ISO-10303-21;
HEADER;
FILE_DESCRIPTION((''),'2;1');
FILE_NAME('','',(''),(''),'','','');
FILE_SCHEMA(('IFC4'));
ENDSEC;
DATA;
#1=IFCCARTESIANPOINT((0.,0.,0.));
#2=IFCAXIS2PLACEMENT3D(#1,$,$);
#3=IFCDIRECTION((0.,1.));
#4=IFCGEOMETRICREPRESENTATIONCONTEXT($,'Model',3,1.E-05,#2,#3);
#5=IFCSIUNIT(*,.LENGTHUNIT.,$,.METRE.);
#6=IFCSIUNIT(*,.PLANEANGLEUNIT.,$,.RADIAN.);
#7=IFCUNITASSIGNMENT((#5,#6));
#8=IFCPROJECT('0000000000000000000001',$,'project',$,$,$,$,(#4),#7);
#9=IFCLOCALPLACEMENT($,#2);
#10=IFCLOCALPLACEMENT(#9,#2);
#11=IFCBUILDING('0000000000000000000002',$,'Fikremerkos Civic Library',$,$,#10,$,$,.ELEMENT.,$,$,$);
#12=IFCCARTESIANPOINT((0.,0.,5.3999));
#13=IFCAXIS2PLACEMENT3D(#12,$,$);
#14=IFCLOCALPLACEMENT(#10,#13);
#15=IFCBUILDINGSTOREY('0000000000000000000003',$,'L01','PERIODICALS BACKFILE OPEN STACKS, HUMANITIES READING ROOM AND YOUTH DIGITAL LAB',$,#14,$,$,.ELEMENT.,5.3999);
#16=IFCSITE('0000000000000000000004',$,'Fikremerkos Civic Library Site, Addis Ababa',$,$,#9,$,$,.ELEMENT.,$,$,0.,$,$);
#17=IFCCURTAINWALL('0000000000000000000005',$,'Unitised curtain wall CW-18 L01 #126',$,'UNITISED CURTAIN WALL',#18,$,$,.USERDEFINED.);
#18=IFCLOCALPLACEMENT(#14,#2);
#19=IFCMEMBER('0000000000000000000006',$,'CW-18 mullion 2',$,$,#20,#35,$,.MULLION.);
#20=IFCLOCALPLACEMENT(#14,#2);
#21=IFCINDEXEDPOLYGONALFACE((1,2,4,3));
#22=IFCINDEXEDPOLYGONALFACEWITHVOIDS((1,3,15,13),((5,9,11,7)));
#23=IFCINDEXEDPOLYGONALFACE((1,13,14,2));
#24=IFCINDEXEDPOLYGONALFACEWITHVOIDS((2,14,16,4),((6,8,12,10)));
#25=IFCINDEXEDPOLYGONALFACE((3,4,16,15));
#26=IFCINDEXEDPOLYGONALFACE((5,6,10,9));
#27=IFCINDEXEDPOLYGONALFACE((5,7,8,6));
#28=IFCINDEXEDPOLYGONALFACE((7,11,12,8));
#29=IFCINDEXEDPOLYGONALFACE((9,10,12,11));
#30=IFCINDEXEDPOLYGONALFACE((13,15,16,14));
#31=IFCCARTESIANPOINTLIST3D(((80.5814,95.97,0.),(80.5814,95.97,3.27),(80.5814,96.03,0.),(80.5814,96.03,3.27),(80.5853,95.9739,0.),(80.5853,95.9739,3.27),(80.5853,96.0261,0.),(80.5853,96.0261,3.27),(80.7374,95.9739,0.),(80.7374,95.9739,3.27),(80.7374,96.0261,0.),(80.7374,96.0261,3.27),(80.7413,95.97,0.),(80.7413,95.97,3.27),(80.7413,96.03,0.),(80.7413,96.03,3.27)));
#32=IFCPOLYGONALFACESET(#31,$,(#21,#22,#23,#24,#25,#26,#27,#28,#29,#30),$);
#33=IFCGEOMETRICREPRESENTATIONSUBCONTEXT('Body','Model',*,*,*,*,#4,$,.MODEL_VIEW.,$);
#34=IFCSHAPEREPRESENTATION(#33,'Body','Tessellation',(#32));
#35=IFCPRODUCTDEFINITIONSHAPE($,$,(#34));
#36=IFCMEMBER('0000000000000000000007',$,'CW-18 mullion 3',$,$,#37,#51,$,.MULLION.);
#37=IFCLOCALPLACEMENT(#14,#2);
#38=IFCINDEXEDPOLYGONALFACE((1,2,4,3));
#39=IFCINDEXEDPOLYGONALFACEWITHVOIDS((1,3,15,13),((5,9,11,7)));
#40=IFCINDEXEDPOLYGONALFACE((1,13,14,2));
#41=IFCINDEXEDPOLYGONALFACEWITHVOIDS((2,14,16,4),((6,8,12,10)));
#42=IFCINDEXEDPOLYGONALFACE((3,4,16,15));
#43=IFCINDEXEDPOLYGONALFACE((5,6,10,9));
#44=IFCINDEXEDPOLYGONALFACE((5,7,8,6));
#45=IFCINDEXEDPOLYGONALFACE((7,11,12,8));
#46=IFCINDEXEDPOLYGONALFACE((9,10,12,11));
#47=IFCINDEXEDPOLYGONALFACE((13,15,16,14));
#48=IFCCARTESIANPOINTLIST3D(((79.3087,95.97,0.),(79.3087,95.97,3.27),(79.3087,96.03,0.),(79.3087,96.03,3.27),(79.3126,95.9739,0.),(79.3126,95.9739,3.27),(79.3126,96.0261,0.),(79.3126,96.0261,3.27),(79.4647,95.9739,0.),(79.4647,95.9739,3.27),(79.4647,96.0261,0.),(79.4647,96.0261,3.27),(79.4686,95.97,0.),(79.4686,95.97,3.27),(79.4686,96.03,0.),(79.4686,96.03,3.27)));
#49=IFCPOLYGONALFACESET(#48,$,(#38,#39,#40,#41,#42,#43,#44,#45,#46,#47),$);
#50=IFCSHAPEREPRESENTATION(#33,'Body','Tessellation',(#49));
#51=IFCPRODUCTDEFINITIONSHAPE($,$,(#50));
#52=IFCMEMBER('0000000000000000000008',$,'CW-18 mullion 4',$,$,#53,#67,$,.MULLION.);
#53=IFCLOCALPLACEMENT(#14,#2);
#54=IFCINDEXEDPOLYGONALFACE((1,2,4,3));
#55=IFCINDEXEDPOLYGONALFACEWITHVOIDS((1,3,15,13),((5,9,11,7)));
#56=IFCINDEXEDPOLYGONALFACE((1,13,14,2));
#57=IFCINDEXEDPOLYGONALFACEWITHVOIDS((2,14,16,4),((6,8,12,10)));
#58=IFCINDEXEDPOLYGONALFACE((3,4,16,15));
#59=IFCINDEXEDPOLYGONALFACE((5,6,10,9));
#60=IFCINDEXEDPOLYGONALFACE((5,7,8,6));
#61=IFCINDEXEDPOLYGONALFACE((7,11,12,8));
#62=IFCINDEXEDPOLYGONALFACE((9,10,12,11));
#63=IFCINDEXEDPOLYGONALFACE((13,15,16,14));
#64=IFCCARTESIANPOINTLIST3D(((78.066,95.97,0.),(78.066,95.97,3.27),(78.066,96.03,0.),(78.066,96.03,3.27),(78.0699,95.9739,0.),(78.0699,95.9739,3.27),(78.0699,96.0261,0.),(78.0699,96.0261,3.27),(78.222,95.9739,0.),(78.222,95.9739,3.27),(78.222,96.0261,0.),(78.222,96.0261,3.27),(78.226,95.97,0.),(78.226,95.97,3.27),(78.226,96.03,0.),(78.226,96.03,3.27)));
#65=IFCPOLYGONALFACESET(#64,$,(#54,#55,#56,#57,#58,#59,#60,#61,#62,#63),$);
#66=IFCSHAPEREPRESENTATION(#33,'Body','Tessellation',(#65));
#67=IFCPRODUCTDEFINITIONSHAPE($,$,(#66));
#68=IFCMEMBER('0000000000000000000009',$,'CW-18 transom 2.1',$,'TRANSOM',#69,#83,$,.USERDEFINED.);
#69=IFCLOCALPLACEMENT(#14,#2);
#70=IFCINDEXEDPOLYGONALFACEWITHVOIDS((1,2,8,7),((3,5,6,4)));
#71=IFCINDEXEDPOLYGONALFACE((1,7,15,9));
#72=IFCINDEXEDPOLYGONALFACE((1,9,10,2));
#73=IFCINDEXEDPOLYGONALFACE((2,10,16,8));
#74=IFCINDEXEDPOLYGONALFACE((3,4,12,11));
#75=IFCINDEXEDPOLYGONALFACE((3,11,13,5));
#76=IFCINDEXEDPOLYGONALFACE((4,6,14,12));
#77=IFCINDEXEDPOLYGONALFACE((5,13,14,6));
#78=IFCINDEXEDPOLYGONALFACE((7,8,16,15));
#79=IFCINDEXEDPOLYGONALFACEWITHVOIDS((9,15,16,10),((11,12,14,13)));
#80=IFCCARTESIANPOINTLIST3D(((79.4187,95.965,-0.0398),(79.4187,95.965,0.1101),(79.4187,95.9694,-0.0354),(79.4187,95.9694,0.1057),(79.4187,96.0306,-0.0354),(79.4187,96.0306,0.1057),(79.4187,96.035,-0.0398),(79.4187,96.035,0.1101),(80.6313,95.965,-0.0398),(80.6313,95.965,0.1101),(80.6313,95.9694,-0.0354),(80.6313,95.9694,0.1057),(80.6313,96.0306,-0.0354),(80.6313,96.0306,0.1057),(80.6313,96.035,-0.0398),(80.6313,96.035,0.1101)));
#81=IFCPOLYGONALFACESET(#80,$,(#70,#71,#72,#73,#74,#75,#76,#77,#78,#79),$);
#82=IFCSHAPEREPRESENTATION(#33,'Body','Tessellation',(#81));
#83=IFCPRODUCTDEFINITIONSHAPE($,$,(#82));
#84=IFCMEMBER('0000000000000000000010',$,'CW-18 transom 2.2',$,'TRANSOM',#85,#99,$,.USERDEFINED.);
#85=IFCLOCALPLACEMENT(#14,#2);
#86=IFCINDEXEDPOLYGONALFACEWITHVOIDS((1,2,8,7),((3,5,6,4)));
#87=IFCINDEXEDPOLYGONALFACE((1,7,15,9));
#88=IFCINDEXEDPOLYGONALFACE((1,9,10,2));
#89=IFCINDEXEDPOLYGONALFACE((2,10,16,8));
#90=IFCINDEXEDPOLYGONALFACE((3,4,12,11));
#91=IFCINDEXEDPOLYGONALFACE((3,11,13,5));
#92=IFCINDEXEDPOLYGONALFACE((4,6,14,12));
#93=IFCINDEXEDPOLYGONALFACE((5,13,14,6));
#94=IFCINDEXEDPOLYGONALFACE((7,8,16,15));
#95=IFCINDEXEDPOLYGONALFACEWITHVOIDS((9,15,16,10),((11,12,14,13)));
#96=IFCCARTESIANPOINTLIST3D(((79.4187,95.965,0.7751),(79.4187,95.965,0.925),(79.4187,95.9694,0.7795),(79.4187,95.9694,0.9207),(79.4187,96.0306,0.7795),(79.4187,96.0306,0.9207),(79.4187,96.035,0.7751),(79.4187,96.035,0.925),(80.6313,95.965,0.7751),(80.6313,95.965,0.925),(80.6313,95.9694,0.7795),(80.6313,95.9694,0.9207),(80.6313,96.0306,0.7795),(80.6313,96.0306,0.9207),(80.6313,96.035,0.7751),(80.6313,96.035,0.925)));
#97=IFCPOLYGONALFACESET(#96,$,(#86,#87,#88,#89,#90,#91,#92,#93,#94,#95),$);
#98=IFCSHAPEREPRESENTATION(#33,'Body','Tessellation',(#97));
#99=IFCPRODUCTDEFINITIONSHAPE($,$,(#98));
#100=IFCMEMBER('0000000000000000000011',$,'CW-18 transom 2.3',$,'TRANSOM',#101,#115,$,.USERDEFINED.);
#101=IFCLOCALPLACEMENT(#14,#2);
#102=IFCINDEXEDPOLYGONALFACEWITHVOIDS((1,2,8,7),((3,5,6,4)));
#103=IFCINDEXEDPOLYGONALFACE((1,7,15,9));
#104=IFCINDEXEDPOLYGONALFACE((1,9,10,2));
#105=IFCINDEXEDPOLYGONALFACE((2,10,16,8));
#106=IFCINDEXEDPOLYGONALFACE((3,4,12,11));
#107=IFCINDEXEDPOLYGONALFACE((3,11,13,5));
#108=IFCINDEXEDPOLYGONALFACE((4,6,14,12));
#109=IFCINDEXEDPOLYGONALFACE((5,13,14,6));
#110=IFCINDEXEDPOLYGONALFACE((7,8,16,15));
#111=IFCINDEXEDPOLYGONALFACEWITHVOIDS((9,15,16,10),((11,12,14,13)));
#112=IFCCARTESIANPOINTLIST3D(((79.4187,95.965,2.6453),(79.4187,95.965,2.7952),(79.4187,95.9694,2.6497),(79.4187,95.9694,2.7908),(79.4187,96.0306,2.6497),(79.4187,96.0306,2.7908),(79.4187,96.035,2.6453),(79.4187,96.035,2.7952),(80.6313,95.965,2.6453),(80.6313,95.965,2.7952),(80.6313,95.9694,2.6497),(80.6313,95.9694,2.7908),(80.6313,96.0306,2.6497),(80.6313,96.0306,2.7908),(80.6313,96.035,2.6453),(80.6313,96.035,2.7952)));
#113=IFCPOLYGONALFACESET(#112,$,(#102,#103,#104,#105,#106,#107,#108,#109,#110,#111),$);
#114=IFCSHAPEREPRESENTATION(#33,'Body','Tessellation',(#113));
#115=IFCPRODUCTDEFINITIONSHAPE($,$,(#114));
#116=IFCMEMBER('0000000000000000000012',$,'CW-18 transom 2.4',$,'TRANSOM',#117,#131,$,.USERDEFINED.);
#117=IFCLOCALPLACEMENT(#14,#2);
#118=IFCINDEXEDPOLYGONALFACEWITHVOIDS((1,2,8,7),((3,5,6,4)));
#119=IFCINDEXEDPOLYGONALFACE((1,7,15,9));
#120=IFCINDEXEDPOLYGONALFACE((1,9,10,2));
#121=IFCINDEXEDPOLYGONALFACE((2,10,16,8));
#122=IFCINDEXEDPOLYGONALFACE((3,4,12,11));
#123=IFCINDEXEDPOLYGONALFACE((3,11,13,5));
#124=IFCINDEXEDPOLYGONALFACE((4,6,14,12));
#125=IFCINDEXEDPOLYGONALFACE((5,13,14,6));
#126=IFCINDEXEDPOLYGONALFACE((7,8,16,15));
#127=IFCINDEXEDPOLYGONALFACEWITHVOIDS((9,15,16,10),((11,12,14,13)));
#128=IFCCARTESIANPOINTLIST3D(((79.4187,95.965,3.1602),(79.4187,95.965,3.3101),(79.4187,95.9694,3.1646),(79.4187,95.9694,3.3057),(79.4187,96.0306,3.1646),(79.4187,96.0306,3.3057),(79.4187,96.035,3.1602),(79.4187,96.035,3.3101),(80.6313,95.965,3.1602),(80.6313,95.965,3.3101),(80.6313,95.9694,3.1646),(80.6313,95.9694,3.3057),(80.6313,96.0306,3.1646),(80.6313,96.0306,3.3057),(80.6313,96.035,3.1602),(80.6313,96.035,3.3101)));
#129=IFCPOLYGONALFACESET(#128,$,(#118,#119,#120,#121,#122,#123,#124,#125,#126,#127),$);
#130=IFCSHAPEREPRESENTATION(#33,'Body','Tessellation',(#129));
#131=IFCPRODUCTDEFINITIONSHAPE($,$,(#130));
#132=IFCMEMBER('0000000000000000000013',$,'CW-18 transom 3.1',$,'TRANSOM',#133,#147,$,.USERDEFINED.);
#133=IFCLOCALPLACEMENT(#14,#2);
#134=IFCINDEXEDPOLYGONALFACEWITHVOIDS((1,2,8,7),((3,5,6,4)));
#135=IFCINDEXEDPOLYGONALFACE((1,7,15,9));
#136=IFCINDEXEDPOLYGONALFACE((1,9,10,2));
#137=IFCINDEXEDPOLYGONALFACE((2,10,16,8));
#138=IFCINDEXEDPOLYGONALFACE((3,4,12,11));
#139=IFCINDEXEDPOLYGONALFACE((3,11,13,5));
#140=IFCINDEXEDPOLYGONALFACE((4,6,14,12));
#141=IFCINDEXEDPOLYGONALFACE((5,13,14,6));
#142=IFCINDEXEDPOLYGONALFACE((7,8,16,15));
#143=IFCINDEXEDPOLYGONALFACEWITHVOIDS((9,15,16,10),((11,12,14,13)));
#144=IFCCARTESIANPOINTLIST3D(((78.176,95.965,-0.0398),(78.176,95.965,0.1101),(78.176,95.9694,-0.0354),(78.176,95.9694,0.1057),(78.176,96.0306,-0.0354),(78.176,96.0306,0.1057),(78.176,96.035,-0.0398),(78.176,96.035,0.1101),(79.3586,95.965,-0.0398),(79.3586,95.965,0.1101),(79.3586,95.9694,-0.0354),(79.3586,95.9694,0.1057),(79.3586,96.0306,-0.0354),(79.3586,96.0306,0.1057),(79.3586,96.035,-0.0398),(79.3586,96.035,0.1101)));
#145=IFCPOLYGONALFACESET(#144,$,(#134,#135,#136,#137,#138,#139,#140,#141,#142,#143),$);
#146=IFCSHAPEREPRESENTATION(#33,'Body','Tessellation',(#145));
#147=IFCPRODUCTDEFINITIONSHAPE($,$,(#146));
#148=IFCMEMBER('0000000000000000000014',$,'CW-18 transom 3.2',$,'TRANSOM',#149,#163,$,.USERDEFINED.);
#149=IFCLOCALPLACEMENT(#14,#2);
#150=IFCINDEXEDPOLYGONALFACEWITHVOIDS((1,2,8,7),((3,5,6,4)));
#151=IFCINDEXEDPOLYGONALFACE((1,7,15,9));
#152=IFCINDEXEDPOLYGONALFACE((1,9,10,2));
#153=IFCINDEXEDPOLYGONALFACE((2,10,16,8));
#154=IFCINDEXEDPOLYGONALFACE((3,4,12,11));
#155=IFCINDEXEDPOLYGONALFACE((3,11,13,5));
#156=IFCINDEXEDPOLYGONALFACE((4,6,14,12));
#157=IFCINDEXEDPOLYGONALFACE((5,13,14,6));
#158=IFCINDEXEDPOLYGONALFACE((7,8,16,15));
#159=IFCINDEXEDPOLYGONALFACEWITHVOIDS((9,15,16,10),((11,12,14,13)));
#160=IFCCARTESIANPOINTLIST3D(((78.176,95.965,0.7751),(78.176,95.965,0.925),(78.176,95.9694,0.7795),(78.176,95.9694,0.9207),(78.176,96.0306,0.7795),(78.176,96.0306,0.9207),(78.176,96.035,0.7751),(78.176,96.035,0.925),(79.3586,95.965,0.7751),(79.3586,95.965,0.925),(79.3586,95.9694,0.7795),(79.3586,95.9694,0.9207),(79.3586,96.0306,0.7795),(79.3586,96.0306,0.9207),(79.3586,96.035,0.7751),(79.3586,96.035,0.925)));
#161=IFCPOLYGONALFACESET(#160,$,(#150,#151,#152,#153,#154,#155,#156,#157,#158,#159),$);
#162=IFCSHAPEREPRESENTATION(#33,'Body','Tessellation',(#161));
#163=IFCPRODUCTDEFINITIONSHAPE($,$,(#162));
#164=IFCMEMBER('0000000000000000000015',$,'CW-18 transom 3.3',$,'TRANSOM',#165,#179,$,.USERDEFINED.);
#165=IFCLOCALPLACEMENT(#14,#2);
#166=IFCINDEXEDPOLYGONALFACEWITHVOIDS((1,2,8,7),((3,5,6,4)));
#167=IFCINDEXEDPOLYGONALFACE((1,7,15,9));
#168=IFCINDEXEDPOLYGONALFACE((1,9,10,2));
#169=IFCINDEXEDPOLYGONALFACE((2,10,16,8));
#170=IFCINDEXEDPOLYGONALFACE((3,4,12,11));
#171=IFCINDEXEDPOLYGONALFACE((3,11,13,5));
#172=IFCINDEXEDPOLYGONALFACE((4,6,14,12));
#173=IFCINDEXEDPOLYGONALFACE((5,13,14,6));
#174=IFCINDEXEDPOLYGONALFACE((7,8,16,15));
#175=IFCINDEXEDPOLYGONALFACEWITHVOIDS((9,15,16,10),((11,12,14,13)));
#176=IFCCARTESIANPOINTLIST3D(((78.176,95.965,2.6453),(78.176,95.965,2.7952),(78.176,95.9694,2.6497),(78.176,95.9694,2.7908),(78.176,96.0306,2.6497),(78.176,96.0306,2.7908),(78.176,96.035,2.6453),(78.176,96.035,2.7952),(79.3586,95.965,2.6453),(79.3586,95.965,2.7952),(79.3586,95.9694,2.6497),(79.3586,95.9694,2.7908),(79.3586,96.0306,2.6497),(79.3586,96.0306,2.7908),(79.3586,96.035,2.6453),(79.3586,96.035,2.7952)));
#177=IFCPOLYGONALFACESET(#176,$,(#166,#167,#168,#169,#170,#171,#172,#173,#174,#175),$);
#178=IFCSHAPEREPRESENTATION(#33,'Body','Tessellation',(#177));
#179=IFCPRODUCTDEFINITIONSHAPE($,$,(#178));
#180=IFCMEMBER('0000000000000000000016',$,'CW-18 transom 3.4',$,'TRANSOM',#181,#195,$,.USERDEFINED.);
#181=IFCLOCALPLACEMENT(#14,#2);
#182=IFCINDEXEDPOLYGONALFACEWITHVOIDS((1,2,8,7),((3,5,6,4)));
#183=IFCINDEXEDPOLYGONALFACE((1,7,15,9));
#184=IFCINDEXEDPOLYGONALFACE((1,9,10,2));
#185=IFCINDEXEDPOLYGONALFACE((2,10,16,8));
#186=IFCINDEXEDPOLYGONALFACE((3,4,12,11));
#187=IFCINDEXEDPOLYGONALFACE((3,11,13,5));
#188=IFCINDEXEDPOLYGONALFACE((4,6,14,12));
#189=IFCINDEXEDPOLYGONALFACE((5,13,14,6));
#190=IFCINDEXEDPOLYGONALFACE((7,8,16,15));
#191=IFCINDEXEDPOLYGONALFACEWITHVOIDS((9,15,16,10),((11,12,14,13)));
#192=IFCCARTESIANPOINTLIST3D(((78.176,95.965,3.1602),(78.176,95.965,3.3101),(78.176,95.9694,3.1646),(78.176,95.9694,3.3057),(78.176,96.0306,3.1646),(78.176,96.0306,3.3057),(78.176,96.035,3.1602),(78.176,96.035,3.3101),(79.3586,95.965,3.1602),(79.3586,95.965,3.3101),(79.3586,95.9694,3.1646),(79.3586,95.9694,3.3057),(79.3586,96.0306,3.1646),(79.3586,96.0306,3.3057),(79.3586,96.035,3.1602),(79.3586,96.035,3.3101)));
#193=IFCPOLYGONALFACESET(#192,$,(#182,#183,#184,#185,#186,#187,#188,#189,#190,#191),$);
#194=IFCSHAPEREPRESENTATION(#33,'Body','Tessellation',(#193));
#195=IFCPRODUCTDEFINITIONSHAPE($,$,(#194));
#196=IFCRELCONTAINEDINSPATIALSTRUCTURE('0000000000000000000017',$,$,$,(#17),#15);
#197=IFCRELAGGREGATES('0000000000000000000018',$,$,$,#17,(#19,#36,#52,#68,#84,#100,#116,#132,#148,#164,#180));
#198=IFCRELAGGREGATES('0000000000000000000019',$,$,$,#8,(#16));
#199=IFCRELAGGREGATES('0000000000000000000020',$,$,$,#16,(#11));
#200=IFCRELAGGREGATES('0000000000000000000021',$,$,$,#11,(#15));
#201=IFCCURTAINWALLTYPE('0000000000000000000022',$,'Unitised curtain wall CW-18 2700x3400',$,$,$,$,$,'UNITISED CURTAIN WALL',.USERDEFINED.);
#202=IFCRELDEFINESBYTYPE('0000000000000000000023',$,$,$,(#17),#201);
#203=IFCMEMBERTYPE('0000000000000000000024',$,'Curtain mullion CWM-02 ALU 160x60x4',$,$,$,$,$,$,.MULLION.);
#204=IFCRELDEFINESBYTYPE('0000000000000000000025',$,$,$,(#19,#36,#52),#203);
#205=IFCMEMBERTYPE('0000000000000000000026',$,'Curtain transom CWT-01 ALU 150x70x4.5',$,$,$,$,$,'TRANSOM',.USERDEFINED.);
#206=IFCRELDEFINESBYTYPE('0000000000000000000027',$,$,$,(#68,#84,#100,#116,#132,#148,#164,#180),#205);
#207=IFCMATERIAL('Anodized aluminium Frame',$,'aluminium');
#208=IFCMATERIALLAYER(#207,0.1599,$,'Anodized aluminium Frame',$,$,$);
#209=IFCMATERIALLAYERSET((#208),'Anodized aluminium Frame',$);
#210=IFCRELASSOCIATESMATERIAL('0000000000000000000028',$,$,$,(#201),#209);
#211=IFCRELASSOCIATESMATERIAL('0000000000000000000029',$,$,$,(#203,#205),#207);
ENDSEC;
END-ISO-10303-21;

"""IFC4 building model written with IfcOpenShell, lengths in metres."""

from ifc_helpers import new_model, si_unit, direction, frame, origin, origin_2d, place, context, subcontext, project, spatial, hollow_rectangle, extrude, material, layer, layer_set, material_profile, profile_set, type_object, element, aggregate, save


model = new_model("IFC4")

# Units and contexts
model_context = context("Model", 3, precision=1e-05, world=origin(), true_north=direction((0.0, 1.0)))
body_context = subcontext(model_context, "Body", "Model", "MODEL_VIEW")
ifc_project = project(units=[si_unit("LENGTHUNIT", "METRE"), si_unit("PLANEANGLEUNIT", "RADIAN")], contexts=[model_context])

# Site, building, storey
site_placement = place(None, origin())
site = spatial("IfcSite", under=ifc_project, at=site_placement, Name="Fikremerkos Civic Library Site, Addis Ababa", CompositionType="ELEMENT", RefElevation=0.0)
building_placement = place(site_placement, origin())
building = spatial("IfcBuilding", under=site, at=building_placement, Name="Fikremerkos Civic Library", CompositionType="ELEMENT")
storey_placement = place(building_placement, frame((0.0, 0.0, 5.3999)))
storey = spatial("IfcBuildingStorey", under=building, at=storey_placement, Name="L01", Description="PERIODICALS BACKFILE OPEN STACKS, HUMANITIES READING ROOM AND YOUTH DIGITAL LAB", CompositionType="ELEMENT", Elevation=5.3999)

# Curtain wall, members
ifc_material_1 = material(Name="Anodized aluminium Frame", Category="aluminium")
ifc_layer_1 = layer(ifc_material_1, 0.1599, Name="Anodized aluminium Frame")
ifc_layer_set_1 = layer_set([ifc_layer_1], Name="Anodized aluminium Frame")
curtain_wall_type = type_object("IfcCurtainWallType", Name="Unitised curtain wall CW-18 2700x3400", ElementType="UNITISED CURTAIN WALL", PredefinedType="USERDEFINED", material=ifc_layer_set_1)
curtain_wall_placement = place(storey_placement, origin())
curtain_wall = element("IfcCurtainWall", 1, at=curtain_wall_placement, inside=storey, type_object=curtain_wall_type, Name="Unitised curtain wall CW-18 L01 #126", ObjectType="UNITISED CURTAIN WALL", PredefinedType="USERDEFINED")
ifc_material_profile_1 = material_profile(ifc_material_1, hollow_rectangle(XDim=0.0601, YDim=0.1599, WallThickness=0.0039, at=origin_2d()), Name="ALU 160x60x4")
ifc_profile_set_1 = profile_set([ifc_material_profile_1], Name="Anodized aluminium Frame")
member_type_1 = type_object("IfcMemberType", Name="Curtain mullion CWM-02 ALU 160x60x4", PredefinedType="MULLION", material=ifc_profile_set_1)
member_1_placement = place(storey_placement, frame((80.6614, 96.0, 0.0), z_axis=(0.0, 0.0, 1.0), x_axis=(0.0, -1.0, 0.0)))
member_1 = element("IfcMember", 2, at=member_1_placement, type_object=member_type_1, Name="CW-18 mullion 2", PredefinedType="MULLION", context=body_context, shape_type="SweptSolid", body=[
    extrude(hollow_rectangle(XDim=0.0601, YDim=0.1599, WallThickness=0.0039, at=origin_2d()), origin(), (0.0, 0.0, 1.0), 3.27),
])
member_2_placement = place(storey_placement, frame((79.3887, 96.0, 0.0), z_axis=(0.0, 0.0, 1.0), x_axis=(0.0, -1.0, 0.0)))
member_2 = element("IfcMember", 3, at=member_2_placement, type_object=member_type_1, Name="CW-18 mullion 3", PredefinedType="MULLION", context=body_context, shape_type="SweptSolid", body=[
    extrude(hollow_rectangle(XDim=0.0601, YDim=0.1599, WallThickness=0.0039, at=origin_2d()), origin(), (0.0, 0.0, 1.0), 3.27),
])
member_3_placement = place(storey_placement, frame((78.146, 96.0, 0.0), z_axis=(0.0, 0.0, 1.0), x_axis=(0.0, -1.0, 0.0)))
member_3 = element("IfcMember", 4, at=member_3_placement, type_object=member_type_1, Name="CW-18 mullion 4", PredefinedType="MULLION", context=body_context, shape_type="SweptSolid", body=[
    extrude(hollow_rectangle(XDim=0.0601, YDim=0.1599, WallThickness=0.0039, at=origin_2d()), origin(), (0.0, 0.0, 1.0), 3.27),
])
ifc_material_profile_2 = material_profile(ifc_material_1, hollow_rectangle(XDim=0.0701, YDim=0.1499, WallThickness=0.0044, at=origin_2d()), Name="ALU 150x70x4.5")
ifc_profile_set_2 = profile_set([ifc_material_profile_2], Name="Anodized aluminium Frame")
member_type_2 = type_object("IfcMemberType", Name="Curtain transom CWT-01 ALU 150x70x4.5", ElementType="TRANSOM", PredefinedType="USERDEFINED", material=ifc_profile_set_2)
member_4_placement = place(storey_placement, frame((80.6313, 96.0, 0.0352), z_axis=(-1.0, 0.0, 0.0), x_axis=(0.0, -1.0, 0.0)))
member_4 = element("IfcMember", 5, at=member_4_placement, type_object=member_type_2, Name="CW-18 transom 2.1", ObjectType="TRANSOM", PredefinedType="USERDEFINED", context=body_context, shape_type="SweptSolid", body=[
    extrude(hollow_rectangle(XDim=0.0701, YDim=0.1499, WallThickness=0.0044, at=origin_2d()), origin(), (0.0, 0.0, 1.0), 1.2126),
])
member_5_placement = place(storey_placement, frame((80.6313, 96.0, 0.8501), z_axis=(-1.0, 0.0, 0.0), x_axis=(0.0, -1.0, 0.0)))
member_5 = element("IfcMember", 6, at=member_5_placement, type_object=member_type_2, Name="CW-18 transom 2.2", ObjectType="TRANSOM", PredefinedType="USERDEFINED", context=body_context, shape_type="SweptSolid", body=[
    extrude(hollow_rectangle(XDim=0.0701, YDim=0.1499, WallThickness=0.0044, at=origin_2d()), origin(), (0.0, 0.0, 1.0), 1.2126),
])
member_6_placement = place(storey_placement, frame((80.6313, 96.0, 2.7202), z_axis=(-1.0, 0.0, 0.0), x_axis=(0.0, -1.0, 0.0)))
member_6 = element("IfcMember", 7, at=member_6_placement, type_object=member_type_2, Name="CW-18 transom 2.3", ObjectType="TRANSOM", PredefinedType="USERDEFINED", context=body_context, shape_type="SweptSolid", body=[
    extrude(hollow_rectangle(XDim=0.0701, YDim=0.1499, WallThickness=0.0044, at=origin_2d()), origin(), (0.0, 0.0, 1.0), 1.2126),
])
member_7_placement = place(storey_placement, frame((80.6313, 96.0, 3.2351), z_axis=(-1.0, 0.0, 0.0), x_axis=(0.0, -1.0, 0.0)))
member_7 = element("IfcMember", 8, at=member_7_placement, type_object=member_type_2, Name="CW-18 transom 2.4", ObjectType="TRANSOM", PredefinedType="USERDEFINED", context=body_context, shape_type="SweptSolid", body=[
    extrude(hollow_rectangle(XDim=0.0701, YDim=0.1499, WallThickness=0.0044, at=origin_2d()), origin(), (0.0, 0.0, 1.0), 1.2126),
])
member_8_placement = place(storey_placement, frame((79.3586, 96.0, 0.0352), z_axis=(-1.0, 0.0, 0.0), x_axis=(0.0, -1.0, 0.0)))
member_8 = element("IfcMember", 9, at=member_8_placement, type_object=member_type_2, Name="CW-18 transom 3.1", ObjectType="TRANSOM", PredefinedType="USERDEFINED", context=body_context, shape_type="SweptSolid", body=[
    extrude(hollow_rectangle(XDim=0.0701, YDim=0.1499, WallThickness=0.0044, at=origin_2d()), origin(), (0.0, 0.0, 1.0), 1.1826),
])
member_9_placement = place(storey_placement, frame((79.3586, 96.0, 0.8501), z_axis=(-1.0, 0.0, 0.0), x_axis=(0.0, -1.0, 0.0)))
member_9 = element("IfcMember", 10, at=member_9_placement, type_object=member_type_2, Name="CW-18 transom 3.2", ObjectType="TRANSOM", PredefinedType="USERDEFINED", context=body_context, shape_type="SweptSolid", body=[
    extrude(hollow_rectangle(XDim=0.0701, YDim=0.1499, WallThickness=0.0044, at=origin_2d()), origin(), (0.0, 0.0, 1.0), 1.1826),
])
member_10_placement = place(storey_placement, frame((79.3586, 96.0, 2.7202), z_axis=(-1.0, 0.0, 0.0), x_axis=(0.0, -1.0, 0.0)))
member_10 = element("IfcMember", 11, at=member_10_placement, type_object=member_type_2, Name="CW-18 transom 3.3", ObjectType="TRANSOM", PredefinedType="USERDEFINED", context=body_context, shape_type="SweptSolid", body=[
    extrude(hollow_rectangle(XDim=0.0701, YDim=0.1499, WallThickness=0.0044, at=origin_2d()), origin(), (0.0, 0.0, 1.0), 1.1826),
])
member_11_placement = place(storey_placement, frame((79.3586, 96.0, 3.2351), z_axis=(-1.0, 0.0, 0.0), x_axis=(0.0, -1.0, 0.0)))
member_11 = element("IfcMember", 12, at=member_11_placement, type_object=member_type_2, Name="CW-18 transom 3.4", ObjectType="TRANSOM", PredefinedType="USERDEFINED", context=body_context, shape_type="SweptSolid", body=[
    extrude(hollow_rectangle(XDim=0.0701, YDim=0.1499, WallThickness=0.0044, at=origin_2d()), origin(), (0.0, 0.0, 1.0), 1.1826),
])
aggregate(curtain_wall, [member_1, member_2, member_3, member_4, member_5, member_6, member_7, member_8, member_9, member_10, member_11])

save(model, "model.ifc")
